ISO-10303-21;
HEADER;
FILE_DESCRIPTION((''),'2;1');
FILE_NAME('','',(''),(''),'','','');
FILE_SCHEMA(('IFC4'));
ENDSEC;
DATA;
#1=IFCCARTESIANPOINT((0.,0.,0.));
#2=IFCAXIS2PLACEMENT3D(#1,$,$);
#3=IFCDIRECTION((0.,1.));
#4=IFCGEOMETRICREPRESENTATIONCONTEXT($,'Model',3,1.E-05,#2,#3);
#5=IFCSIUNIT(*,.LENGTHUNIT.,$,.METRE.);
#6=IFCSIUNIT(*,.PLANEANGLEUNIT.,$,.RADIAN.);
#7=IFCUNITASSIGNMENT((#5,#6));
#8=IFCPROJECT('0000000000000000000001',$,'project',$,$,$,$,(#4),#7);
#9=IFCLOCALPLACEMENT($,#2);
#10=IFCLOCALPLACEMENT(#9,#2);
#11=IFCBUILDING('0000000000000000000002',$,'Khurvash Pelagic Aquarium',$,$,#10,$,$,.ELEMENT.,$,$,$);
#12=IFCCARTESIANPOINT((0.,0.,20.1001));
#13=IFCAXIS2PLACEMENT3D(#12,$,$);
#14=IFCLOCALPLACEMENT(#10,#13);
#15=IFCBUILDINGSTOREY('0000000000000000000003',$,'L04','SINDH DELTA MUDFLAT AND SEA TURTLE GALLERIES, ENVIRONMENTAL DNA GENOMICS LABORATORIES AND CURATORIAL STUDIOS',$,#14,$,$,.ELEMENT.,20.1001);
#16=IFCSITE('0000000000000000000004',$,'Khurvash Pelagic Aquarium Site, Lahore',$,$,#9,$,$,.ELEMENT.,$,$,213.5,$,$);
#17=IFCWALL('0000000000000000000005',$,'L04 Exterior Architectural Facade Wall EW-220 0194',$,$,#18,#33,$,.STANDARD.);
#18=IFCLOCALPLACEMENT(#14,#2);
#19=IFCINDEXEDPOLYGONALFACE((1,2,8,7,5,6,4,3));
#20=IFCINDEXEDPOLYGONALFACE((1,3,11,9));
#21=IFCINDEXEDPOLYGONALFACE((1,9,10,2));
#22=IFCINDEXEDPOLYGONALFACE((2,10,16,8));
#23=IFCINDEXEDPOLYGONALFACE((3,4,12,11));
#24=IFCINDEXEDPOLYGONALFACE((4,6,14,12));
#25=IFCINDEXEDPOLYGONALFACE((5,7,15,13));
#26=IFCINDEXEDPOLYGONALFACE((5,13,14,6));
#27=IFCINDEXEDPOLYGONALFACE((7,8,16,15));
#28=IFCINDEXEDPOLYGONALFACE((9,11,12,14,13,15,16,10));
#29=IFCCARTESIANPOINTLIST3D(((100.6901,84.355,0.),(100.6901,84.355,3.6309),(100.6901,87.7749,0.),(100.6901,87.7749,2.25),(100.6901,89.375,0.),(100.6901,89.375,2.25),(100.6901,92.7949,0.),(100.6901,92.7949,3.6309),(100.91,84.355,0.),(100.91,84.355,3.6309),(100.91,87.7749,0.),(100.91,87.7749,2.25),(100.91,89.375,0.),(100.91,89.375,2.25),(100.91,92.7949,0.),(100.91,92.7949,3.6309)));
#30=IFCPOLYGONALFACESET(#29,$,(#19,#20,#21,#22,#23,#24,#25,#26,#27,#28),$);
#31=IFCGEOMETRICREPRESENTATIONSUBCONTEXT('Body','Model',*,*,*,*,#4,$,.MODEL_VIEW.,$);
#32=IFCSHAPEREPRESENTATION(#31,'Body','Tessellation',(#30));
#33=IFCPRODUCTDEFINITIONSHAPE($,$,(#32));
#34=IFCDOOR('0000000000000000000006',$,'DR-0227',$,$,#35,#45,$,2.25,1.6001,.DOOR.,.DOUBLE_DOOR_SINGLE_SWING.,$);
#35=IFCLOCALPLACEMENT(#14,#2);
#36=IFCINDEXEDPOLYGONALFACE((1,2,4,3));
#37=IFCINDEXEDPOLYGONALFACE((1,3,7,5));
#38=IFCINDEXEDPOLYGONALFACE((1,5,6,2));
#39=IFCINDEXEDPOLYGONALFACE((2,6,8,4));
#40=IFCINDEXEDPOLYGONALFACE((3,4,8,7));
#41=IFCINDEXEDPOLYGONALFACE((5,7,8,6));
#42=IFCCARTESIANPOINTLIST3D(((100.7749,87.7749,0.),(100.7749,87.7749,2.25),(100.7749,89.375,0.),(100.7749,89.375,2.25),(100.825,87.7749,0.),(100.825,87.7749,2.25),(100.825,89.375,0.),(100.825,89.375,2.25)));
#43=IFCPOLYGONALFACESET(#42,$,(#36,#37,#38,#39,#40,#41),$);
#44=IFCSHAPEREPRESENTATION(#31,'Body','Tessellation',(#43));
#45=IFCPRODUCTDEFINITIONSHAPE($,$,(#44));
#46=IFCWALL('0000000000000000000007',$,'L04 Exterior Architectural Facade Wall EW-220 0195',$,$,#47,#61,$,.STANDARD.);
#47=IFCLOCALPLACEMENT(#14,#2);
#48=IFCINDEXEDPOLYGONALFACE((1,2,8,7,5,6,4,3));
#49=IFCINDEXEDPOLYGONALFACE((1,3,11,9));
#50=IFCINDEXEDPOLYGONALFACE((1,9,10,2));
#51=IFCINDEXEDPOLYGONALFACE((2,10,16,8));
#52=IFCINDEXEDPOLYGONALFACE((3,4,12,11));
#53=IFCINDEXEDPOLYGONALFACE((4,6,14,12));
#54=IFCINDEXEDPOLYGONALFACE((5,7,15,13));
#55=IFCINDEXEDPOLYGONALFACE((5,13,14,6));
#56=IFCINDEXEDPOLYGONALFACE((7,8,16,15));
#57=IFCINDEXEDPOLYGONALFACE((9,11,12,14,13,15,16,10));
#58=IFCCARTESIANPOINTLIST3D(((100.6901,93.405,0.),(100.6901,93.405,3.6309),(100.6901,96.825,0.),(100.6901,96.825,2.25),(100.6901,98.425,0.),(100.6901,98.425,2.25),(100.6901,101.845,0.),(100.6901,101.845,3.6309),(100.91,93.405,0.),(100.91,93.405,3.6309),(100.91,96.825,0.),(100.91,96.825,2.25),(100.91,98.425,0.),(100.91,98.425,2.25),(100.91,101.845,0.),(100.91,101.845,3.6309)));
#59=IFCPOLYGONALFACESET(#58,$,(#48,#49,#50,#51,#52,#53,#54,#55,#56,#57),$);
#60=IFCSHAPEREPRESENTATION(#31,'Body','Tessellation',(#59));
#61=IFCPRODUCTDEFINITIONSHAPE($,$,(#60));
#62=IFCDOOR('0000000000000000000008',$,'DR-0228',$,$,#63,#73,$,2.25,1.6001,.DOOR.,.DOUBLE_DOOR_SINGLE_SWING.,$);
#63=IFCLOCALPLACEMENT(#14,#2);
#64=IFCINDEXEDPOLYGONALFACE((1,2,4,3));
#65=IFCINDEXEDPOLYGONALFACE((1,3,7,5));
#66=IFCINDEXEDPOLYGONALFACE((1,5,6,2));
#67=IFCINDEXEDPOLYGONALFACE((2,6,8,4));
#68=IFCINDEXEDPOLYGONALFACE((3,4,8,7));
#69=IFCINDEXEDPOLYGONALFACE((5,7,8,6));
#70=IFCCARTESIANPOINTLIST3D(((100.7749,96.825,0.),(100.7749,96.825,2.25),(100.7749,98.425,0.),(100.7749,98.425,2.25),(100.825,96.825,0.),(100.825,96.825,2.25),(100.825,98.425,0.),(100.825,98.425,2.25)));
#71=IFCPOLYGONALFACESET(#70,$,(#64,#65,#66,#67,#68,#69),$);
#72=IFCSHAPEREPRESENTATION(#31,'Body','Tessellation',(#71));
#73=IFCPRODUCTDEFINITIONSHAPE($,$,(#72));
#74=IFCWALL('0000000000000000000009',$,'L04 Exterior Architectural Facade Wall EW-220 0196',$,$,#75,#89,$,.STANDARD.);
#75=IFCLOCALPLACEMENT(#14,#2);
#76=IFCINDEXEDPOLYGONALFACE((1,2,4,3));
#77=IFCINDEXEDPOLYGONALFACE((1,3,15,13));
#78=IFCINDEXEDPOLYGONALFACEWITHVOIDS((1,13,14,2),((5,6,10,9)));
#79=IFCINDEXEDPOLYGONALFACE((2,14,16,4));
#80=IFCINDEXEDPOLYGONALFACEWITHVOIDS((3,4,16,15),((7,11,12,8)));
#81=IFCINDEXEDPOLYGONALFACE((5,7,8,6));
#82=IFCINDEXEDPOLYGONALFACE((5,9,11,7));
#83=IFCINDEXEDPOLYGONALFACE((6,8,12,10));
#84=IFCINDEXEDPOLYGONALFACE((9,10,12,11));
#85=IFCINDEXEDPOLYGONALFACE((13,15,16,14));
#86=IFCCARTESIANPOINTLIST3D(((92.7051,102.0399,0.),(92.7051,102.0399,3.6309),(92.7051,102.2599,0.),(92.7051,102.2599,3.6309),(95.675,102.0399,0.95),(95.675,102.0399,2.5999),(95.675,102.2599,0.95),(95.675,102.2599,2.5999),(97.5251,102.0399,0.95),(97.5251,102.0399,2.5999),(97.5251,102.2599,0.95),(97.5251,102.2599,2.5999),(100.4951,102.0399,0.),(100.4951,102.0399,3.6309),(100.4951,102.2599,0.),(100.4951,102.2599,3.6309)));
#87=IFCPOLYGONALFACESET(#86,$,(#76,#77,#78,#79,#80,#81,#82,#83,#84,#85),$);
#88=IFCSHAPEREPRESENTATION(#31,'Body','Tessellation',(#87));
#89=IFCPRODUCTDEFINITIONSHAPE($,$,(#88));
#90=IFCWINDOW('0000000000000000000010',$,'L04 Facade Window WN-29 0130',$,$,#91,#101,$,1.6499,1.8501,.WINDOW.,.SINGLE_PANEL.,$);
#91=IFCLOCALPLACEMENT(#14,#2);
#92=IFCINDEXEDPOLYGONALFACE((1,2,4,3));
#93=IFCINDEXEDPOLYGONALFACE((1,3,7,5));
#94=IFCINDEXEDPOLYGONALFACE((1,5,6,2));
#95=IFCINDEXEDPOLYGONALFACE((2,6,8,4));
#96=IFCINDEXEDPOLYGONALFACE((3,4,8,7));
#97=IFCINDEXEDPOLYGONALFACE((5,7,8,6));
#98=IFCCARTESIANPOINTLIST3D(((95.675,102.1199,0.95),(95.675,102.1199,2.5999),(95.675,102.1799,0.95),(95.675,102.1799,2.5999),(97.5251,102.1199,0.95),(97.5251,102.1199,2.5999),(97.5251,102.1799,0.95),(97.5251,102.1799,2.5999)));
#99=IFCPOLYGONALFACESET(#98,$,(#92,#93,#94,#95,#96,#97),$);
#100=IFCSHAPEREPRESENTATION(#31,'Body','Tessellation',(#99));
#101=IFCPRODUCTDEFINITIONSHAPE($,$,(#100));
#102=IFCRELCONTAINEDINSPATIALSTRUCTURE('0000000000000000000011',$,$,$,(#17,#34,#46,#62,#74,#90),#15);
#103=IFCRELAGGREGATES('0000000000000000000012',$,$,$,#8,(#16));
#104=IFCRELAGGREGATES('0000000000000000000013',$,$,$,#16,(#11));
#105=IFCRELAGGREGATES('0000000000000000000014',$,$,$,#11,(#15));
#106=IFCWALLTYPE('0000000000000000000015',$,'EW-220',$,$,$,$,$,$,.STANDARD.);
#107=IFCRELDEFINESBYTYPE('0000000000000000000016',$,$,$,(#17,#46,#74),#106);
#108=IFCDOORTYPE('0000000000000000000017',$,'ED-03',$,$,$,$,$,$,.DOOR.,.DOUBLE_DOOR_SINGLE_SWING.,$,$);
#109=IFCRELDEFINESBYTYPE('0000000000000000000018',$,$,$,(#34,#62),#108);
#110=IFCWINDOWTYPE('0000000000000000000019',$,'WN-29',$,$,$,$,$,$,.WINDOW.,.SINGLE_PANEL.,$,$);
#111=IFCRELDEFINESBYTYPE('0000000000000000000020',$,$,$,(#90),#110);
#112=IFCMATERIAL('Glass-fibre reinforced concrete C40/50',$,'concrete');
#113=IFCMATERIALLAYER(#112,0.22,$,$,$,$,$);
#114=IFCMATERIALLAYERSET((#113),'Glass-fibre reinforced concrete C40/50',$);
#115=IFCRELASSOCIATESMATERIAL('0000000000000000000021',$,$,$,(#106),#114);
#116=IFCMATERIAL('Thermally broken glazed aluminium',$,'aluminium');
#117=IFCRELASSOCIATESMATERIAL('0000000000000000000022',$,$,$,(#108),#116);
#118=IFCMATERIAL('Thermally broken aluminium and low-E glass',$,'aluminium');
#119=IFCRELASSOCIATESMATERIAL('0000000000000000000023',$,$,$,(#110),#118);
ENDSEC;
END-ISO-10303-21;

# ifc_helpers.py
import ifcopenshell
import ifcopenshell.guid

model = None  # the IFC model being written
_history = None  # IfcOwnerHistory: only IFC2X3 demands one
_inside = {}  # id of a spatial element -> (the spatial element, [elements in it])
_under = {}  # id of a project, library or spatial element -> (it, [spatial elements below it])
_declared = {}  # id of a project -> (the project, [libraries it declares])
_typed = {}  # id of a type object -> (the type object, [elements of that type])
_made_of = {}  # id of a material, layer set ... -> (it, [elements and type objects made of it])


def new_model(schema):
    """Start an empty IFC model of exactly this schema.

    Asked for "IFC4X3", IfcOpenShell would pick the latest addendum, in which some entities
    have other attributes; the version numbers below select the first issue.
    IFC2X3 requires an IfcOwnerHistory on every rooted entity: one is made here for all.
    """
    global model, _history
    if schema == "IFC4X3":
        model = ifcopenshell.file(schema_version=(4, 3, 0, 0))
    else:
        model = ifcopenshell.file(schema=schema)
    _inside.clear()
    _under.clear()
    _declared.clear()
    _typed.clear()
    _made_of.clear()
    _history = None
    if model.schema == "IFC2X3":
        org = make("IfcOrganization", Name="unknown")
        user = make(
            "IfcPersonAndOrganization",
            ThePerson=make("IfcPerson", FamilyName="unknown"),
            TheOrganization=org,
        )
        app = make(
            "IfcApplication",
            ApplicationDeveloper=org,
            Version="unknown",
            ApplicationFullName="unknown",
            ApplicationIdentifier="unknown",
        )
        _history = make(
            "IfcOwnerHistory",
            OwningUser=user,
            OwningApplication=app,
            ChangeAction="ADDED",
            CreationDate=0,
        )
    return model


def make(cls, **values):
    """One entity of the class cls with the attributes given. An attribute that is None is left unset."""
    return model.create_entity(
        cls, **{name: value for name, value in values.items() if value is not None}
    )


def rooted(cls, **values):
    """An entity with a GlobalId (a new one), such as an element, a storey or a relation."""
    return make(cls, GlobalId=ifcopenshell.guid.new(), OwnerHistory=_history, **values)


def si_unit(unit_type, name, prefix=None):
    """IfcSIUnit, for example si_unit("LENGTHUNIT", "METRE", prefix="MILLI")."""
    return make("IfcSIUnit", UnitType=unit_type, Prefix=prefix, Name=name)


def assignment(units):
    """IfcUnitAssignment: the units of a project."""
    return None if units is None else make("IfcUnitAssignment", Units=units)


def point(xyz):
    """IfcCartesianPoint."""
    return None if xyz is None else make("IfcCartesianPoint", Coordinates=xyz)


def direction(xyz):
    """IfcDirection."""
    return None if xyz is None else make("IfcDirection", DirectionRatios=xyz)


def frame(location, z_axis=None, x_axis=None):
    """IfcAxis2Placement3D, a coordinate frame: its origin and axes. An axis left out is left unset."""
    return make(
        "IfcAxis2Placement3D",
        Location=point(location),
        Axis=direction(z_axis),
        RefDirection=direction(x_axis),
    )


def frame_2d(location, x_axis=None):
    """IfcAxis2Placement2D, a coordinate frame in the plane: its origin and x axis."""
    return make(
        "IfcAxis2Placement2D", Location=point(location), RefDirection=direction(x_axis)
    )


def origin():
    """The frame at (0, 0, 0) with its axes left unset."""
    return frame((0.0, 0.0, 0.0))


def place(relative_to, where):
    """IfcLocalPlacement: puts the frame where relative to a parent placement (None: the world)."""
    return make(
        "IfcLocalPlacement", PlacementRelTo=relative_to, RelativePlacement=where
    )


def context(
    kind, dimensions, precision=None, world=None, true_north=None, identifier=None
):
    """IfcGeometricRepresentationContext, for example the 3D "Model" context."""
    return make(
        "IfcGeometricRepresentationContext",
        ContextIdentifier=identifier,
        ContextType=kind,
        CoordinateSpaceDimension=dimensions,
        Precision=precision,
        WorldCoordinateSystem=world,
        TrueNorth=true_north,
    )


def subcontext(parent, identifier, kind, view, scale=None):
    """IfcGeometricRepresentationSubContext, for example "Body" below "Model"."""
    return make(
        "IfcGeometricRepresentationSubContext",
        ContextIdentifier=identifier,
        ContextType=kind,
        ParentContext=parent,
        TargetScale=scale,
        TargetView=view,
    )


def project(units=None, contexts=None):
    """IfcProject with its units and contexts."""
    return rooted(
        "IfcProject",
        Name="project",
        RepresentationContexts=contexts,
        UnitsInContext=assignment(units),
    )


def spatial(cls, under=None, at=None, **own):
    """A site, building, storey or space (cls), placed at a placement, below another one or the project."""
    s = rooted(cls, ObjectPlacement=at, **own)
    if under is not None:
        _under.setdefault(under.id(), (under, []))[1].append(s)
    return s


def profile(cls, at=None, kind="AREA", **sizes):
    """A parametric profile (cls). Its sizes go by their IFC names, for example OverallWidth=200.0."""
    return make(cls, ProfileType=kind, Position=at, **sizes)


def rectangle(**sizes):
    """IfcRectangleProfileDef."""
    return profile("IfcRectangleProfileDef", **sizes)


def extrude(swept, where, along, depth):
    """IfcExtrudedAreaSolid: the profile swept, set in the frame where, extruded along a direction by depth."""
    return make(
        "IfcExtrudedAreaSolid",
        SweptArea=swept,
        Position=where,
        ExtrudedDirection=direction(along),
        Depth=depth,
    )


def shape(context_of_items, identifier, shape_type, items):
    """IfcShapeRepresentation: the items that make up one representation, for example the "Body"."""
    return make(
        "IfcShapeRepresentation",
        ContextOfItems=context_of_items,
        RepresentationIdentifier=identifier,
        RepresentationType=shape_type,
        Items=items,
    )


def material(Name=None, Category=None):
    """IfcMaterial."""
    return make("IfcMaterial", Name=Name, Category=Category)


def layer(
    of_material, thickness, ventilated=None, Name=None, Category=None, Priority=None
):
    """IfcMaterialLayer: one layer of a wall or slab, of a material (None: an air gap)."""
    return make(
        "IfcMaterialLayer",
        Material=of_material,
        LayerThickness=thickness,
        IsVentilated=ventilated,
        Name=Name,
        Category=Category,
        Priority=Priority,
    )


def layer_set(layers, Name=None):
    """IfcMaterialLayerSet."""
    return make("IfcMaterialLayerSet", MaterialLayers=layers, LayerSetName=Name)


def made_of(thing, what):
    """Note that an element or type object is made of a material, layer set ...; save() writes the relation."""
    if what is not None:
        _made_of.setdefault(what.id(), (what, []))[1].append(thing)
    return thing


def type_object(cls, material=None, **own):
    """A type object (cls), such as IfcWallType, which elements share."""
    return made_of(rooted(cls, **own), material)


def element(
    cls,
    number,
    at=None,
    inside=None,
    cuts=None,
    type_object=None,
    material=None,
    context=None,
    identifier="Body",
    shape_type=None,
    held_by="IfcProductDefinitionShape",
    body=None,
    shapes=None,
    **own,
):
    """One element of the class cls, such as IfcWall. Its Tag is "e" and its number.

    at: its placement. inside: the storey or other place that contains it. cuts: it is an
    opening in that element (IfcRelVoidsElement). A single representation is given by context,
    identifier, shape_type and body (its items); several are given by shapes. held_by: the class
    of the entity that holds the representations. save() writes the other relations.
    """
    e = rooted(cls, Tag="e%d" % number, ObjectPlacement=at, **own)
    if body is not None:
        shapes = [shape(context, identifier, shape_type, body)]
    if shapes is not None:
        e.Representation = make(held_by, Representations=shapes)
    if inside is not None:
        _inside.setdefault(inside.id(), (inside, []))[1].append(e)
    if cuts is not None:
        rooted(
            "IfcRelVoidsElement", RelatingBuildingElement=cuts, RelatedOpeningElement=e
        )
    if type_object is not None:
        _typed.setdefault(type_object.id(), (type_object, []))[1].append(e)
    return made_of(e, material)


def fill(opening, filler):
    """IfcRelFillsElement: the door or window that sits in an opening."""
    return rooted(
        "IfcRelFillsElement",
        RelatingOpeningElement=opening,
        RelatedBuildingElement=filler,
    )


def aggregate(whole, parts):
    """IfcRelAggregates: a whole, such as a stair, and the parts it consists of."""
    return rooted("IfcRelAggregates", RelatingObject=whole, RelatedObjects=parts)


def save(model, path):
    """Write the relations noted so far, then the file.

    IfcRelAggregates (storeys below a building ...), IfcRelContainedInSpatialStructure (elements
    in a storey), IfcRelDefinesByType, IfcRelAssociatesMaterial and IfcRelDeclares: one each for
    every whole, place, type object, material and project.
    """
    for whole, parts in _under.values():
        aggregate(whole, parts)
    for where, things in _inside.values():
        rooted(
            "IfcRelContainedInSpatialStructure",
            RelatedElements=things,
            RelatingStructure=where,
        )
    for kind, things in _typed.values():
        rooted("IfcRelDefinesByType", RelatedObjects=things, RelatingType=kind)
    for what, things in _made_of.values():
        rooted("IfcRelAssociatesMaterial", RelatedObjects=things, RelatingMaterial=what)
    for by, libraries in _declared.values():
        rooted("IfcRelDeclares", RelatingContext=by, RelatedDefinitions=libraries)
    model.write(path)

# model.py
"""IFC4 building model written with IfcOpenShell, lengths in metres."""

from ifc_helpers import new_model, si_unit, direction, frame, frame_2d, origin, place, context, subcontext, project, spatial, rectangle, extrude, material, layer, layer_set, type_object, element, fill, save


model = new_model("IFC4")

# Units and contexts
model_context = context("Model", 3, precision=1e-05, world=origin(), true_north=direction((0.0, 1.0)))
body_context = subcontext(model_context, "Body", "Model", "MODEL_VIEW")
ifc_project = project(units=[si_unit("LENGTHUNIT", "METRE"), si_unit("PLANEANGLEUNIT", "RADIAN")], contexts=[model_context])

# Site, building, storey
site_placement = place(None, origin())
site = spatial("IfcSite", under=ifc_project, at=site_placement, Name="Khurvash Pelagic Aquarium Site, Lahore", CompositionType="ELEMENT", RefElevation=213.5)
building_placement = place(site_placement, origin())
building = spatial("IfcBuilding", under=site, at=building_placement, Name="Khurvash Pelagic Aquarium", CompositionType="ELEMENT")
storey_placement = place(building_placement, frame((0.0, 0.0, 20.1001)))
storey = spatial("IfcBuildingStorey", under=building, at=storey_placement, Name="L04", Description="SINDH DELTA MUDFLAT AND SEA TURTLE GALLERIES, ENVIRONMENTAL DNA GENOMICS LABORATORIES AND CURATORIAL STUDIOS", CompositionType="ELEMENT", Elevation=20.1001)

# Walls, openings, doors
ifc_material_1 = material(Name="Glass-fibre reinforced concrete C40/50", Category="concrete")
ifc_layer = layer(ifc_material_1, 0.22)
ifc_layer_set = layer_set([ifc_layer], Name="Glass-fibre reinforced concrete C40/50")
wall_type = type_object("IfcWallType", Name="EW-220", PredefinedType="STANDARD", material=ifc_layer_set)
wall_1_placement = place(storey_placement, frame((100.8, 84.355, 0.0), z_axis=(0.0, 0.0, 1.0), x_axis=(0.0, 1.0, 0.0)))
wall_1 = element("IfcWall", 1, at=wall_1_placement, inside=storey, type_object=wall_type, Name="L04 Exterior Architectural Facade Wall EW-220 0194", PredefinedType="STANDARD", context=body_context, shape_type="SweptSolid", body=[
    extrude(rectangle(XDim=8.4399, YDim=0.22, at=frame_2d((4.22, 0.0))), origin(), (0.0, 0.0, 1.0), 3.6309),
])
opening_1_placement = place(wall_1_placement, frame((3.4199, 0.0, 0.0)))
opening_1 = element("IfcOpeningElement", 2, at=opening_1_placement, cuts=wall_1, PredefinedType="OPENING", context=body_context, shape_type="SweptSolid", body=[
    extrude(rectangle(XDim=1.6001, YDim=2.25, at=frame_2d((0.8, 1.125))), frame((0.0, 0.1201, 0.0), z_axis=(0.0, -1.0, 0.0), x_axis=(1.0, 0.0, 0.0)), (0.0, 0.0, 1.0), 0.24),
])
ifc_material_2 = material(Name="Thermally broken glazed aluminium", Category="aluminium")
door_type = type_object("IfcDoorType", Name="ED-03", OperationType="DOUBLE_DOOR_SINGLE_SWING", PredefinedType="DOOR", material=ifc_material_2)
door_1_placement = place(opening_1_placement, frame((1.6001, 0.0, 0.0), z_axis=(0.0, 0.0, 1.0), x_axis=(-1.0, 0.0, 0.0)))
door_1 = element("IfcDoor", 3, at=door_1_placement, inside=storey, type_object=door_type, Name="DR-0227", OperationType="DOUBLE_DOOR_SINGLE_SWING", OverallHeight=2.25, OverallWidth=1.6001, PredefinedType="DOOR", context=body_context, shape_type="SweptSolid", body=[
    extrude(rectangle(XDim=1.6001, YDim=2.25, at=frame_2d((0.8, 1.125))), frame((0.0, 0.0249, 0.0), z_axis=(0.0, -1.0, 0.0), x_axis=(1.0, 0.0, 0.0)), (0.0, 0.0, 1.0), 0.05),
])
fill(opening_1, door_1)
wall_2_placement = place(storey_placement, frame((100.8, 93.405, 0.0), z_axis=(0.0, 0.0, 1.0), x_axis=(0.0, 1.0, 0.0)))
wall_2 = element("IfcWall", 4, at=wall_2_placement, inside=storey, type_object=wall_type, Name="L04 Exterior Architectural Facade Wall EW-220 0195", PredefinedType="STANDARD", context=body_context, shape_type="SweptSolid", body=[
    extrude(rectangle(XDim=8.4399, YDim=0.22, at=frame_2d((4.22, 0.0))), origin(), (0.0, 0.0, 1.0), 3.6309),
])
opening_2_placement = place(wall_2_placement, frame((3.4199, 0.0, 0.0)))
opening_2 = element("IfcOpeningElement", 5, at=opening_2_placement, cuts=wall_2, PredefinedType="OPENING", context=body_context, shape_type="SweptSolid", body=[
    extrude(rectangle(XDim=1.6001, YDim=2.25, at=frame_2d((0.8, 1.125))), frame((0.0, 0.1201, 0.0), z_axis=(0.0, -1.0, 0.0), x_axis=(1.0, 0.0, 0.0)), (0.0, 0.0, 1.0), 0.24),
])
door_2_placement = place(opening_2_placement, frame((1.6001, 0.0, 0.0), z_axis=(0.0, 0.0, 1.0), x_axis=(-1.0, 0.0, 0.0)))
door_2 = element("IfcDoor", 6, at=door_2_placement, inside=storey, type_object=door_type, Name="DR-0228", OperationType="DOUBLE_DOOR_SINGLE_SWING", OverallHeight=2.25, OverallWidth=1.6001, PredefinedType="DOOR", context=body_context, shape_type="SweptSolid", body=[
    extrude(rectangle(XDim=1.6001, YDim=2.25, at=frame_2d((0.8, 1.125))), frame((0.0, 0.0249, 0.0), z_axis=(0.0, -1.0, 0.0), x_axis=(1.0, 0.0, 0.0)), (0.0, 0.0, 1.0), 0.05),
])
fill(opening_2, door_2)

# Wall, opening, window
wall_3_placement = place(storey_placement, frame((100.4951, 102.1499, 0.0), z_axis=(0.0, 0.0, 1.0), x_axis=(-1.0, 0.0, 0.0)))
wall_3 = element("IfcWall", 7, at=wall_3_placement, inside=storey, type_object=wall_type, Name="L04 Exterior Architectural Facade Wall EW-220 0196", PredefinedType="STANDARD", context=body_context, shape_type="SweptSolid", body=[
    extrude(rectangle(XDim=7.79, YDim=0.22, at=frame_2d((3.895, 0.0))), origin(), (0.0, 0.0, 1.0), 3.6309),
])
opening_3_placement = place(wall_3_placement, frame((2.97, 0.0, 0.95)))
opening_3 = element("IfcOpeningElement", 8, at=opening_3_placement, cuts=wall_3, PredefinedType="OPENING", context=body_context, shape_type="SweptSolid", body=[
    extrude(rectangle(XDim=1.8501, YDim=1.6499, at=frame_2d((0.925, 0.825))), frame((0.0, 0.1201, 0.0), z_axis=(0.0, -1.0, 0.0), x_axis=(1.0, 0.0, 0.0)), (0.0, 0.0, 1.0), 0.24),
])
ifc_material_3 = material(Name="Thermally broken aluminium and low-E glass", Category="aluminium")
window_type = type_object("IfcWindowType", Name="WN-29", PartitioningType="SINGLE_PANEL", PredefinedType="WINDOW", material=ifc_material_3)
window_placement = place(opening_3_placement, origin())
window = element("IfcWindow", 9, at=window_placement, inside=storey, type_object=window_type, Name="L04 Facade Window WN-29 0130", OverallHeight=1.6499, OverallWidth=1.8501, PartitioningType="SINGLE_PANEL", PredefinedType="WINDOW", context=body_context, shape_type="SweptSolid", body=[
    extrude(rectangle(XDim=1.8501, YDim=1.6499, at=frame_2d((0.925, 0.825))), frame((0.0, 0.03, 0.0), z_axis=(0.0, -1.0, 0.0), x_axis=(1.0, 0.0, 0.0)), (0.0, 0.0, 1.0), 0.0601),
])
fill(opening_3, window)

save(model, "model.ifc")
